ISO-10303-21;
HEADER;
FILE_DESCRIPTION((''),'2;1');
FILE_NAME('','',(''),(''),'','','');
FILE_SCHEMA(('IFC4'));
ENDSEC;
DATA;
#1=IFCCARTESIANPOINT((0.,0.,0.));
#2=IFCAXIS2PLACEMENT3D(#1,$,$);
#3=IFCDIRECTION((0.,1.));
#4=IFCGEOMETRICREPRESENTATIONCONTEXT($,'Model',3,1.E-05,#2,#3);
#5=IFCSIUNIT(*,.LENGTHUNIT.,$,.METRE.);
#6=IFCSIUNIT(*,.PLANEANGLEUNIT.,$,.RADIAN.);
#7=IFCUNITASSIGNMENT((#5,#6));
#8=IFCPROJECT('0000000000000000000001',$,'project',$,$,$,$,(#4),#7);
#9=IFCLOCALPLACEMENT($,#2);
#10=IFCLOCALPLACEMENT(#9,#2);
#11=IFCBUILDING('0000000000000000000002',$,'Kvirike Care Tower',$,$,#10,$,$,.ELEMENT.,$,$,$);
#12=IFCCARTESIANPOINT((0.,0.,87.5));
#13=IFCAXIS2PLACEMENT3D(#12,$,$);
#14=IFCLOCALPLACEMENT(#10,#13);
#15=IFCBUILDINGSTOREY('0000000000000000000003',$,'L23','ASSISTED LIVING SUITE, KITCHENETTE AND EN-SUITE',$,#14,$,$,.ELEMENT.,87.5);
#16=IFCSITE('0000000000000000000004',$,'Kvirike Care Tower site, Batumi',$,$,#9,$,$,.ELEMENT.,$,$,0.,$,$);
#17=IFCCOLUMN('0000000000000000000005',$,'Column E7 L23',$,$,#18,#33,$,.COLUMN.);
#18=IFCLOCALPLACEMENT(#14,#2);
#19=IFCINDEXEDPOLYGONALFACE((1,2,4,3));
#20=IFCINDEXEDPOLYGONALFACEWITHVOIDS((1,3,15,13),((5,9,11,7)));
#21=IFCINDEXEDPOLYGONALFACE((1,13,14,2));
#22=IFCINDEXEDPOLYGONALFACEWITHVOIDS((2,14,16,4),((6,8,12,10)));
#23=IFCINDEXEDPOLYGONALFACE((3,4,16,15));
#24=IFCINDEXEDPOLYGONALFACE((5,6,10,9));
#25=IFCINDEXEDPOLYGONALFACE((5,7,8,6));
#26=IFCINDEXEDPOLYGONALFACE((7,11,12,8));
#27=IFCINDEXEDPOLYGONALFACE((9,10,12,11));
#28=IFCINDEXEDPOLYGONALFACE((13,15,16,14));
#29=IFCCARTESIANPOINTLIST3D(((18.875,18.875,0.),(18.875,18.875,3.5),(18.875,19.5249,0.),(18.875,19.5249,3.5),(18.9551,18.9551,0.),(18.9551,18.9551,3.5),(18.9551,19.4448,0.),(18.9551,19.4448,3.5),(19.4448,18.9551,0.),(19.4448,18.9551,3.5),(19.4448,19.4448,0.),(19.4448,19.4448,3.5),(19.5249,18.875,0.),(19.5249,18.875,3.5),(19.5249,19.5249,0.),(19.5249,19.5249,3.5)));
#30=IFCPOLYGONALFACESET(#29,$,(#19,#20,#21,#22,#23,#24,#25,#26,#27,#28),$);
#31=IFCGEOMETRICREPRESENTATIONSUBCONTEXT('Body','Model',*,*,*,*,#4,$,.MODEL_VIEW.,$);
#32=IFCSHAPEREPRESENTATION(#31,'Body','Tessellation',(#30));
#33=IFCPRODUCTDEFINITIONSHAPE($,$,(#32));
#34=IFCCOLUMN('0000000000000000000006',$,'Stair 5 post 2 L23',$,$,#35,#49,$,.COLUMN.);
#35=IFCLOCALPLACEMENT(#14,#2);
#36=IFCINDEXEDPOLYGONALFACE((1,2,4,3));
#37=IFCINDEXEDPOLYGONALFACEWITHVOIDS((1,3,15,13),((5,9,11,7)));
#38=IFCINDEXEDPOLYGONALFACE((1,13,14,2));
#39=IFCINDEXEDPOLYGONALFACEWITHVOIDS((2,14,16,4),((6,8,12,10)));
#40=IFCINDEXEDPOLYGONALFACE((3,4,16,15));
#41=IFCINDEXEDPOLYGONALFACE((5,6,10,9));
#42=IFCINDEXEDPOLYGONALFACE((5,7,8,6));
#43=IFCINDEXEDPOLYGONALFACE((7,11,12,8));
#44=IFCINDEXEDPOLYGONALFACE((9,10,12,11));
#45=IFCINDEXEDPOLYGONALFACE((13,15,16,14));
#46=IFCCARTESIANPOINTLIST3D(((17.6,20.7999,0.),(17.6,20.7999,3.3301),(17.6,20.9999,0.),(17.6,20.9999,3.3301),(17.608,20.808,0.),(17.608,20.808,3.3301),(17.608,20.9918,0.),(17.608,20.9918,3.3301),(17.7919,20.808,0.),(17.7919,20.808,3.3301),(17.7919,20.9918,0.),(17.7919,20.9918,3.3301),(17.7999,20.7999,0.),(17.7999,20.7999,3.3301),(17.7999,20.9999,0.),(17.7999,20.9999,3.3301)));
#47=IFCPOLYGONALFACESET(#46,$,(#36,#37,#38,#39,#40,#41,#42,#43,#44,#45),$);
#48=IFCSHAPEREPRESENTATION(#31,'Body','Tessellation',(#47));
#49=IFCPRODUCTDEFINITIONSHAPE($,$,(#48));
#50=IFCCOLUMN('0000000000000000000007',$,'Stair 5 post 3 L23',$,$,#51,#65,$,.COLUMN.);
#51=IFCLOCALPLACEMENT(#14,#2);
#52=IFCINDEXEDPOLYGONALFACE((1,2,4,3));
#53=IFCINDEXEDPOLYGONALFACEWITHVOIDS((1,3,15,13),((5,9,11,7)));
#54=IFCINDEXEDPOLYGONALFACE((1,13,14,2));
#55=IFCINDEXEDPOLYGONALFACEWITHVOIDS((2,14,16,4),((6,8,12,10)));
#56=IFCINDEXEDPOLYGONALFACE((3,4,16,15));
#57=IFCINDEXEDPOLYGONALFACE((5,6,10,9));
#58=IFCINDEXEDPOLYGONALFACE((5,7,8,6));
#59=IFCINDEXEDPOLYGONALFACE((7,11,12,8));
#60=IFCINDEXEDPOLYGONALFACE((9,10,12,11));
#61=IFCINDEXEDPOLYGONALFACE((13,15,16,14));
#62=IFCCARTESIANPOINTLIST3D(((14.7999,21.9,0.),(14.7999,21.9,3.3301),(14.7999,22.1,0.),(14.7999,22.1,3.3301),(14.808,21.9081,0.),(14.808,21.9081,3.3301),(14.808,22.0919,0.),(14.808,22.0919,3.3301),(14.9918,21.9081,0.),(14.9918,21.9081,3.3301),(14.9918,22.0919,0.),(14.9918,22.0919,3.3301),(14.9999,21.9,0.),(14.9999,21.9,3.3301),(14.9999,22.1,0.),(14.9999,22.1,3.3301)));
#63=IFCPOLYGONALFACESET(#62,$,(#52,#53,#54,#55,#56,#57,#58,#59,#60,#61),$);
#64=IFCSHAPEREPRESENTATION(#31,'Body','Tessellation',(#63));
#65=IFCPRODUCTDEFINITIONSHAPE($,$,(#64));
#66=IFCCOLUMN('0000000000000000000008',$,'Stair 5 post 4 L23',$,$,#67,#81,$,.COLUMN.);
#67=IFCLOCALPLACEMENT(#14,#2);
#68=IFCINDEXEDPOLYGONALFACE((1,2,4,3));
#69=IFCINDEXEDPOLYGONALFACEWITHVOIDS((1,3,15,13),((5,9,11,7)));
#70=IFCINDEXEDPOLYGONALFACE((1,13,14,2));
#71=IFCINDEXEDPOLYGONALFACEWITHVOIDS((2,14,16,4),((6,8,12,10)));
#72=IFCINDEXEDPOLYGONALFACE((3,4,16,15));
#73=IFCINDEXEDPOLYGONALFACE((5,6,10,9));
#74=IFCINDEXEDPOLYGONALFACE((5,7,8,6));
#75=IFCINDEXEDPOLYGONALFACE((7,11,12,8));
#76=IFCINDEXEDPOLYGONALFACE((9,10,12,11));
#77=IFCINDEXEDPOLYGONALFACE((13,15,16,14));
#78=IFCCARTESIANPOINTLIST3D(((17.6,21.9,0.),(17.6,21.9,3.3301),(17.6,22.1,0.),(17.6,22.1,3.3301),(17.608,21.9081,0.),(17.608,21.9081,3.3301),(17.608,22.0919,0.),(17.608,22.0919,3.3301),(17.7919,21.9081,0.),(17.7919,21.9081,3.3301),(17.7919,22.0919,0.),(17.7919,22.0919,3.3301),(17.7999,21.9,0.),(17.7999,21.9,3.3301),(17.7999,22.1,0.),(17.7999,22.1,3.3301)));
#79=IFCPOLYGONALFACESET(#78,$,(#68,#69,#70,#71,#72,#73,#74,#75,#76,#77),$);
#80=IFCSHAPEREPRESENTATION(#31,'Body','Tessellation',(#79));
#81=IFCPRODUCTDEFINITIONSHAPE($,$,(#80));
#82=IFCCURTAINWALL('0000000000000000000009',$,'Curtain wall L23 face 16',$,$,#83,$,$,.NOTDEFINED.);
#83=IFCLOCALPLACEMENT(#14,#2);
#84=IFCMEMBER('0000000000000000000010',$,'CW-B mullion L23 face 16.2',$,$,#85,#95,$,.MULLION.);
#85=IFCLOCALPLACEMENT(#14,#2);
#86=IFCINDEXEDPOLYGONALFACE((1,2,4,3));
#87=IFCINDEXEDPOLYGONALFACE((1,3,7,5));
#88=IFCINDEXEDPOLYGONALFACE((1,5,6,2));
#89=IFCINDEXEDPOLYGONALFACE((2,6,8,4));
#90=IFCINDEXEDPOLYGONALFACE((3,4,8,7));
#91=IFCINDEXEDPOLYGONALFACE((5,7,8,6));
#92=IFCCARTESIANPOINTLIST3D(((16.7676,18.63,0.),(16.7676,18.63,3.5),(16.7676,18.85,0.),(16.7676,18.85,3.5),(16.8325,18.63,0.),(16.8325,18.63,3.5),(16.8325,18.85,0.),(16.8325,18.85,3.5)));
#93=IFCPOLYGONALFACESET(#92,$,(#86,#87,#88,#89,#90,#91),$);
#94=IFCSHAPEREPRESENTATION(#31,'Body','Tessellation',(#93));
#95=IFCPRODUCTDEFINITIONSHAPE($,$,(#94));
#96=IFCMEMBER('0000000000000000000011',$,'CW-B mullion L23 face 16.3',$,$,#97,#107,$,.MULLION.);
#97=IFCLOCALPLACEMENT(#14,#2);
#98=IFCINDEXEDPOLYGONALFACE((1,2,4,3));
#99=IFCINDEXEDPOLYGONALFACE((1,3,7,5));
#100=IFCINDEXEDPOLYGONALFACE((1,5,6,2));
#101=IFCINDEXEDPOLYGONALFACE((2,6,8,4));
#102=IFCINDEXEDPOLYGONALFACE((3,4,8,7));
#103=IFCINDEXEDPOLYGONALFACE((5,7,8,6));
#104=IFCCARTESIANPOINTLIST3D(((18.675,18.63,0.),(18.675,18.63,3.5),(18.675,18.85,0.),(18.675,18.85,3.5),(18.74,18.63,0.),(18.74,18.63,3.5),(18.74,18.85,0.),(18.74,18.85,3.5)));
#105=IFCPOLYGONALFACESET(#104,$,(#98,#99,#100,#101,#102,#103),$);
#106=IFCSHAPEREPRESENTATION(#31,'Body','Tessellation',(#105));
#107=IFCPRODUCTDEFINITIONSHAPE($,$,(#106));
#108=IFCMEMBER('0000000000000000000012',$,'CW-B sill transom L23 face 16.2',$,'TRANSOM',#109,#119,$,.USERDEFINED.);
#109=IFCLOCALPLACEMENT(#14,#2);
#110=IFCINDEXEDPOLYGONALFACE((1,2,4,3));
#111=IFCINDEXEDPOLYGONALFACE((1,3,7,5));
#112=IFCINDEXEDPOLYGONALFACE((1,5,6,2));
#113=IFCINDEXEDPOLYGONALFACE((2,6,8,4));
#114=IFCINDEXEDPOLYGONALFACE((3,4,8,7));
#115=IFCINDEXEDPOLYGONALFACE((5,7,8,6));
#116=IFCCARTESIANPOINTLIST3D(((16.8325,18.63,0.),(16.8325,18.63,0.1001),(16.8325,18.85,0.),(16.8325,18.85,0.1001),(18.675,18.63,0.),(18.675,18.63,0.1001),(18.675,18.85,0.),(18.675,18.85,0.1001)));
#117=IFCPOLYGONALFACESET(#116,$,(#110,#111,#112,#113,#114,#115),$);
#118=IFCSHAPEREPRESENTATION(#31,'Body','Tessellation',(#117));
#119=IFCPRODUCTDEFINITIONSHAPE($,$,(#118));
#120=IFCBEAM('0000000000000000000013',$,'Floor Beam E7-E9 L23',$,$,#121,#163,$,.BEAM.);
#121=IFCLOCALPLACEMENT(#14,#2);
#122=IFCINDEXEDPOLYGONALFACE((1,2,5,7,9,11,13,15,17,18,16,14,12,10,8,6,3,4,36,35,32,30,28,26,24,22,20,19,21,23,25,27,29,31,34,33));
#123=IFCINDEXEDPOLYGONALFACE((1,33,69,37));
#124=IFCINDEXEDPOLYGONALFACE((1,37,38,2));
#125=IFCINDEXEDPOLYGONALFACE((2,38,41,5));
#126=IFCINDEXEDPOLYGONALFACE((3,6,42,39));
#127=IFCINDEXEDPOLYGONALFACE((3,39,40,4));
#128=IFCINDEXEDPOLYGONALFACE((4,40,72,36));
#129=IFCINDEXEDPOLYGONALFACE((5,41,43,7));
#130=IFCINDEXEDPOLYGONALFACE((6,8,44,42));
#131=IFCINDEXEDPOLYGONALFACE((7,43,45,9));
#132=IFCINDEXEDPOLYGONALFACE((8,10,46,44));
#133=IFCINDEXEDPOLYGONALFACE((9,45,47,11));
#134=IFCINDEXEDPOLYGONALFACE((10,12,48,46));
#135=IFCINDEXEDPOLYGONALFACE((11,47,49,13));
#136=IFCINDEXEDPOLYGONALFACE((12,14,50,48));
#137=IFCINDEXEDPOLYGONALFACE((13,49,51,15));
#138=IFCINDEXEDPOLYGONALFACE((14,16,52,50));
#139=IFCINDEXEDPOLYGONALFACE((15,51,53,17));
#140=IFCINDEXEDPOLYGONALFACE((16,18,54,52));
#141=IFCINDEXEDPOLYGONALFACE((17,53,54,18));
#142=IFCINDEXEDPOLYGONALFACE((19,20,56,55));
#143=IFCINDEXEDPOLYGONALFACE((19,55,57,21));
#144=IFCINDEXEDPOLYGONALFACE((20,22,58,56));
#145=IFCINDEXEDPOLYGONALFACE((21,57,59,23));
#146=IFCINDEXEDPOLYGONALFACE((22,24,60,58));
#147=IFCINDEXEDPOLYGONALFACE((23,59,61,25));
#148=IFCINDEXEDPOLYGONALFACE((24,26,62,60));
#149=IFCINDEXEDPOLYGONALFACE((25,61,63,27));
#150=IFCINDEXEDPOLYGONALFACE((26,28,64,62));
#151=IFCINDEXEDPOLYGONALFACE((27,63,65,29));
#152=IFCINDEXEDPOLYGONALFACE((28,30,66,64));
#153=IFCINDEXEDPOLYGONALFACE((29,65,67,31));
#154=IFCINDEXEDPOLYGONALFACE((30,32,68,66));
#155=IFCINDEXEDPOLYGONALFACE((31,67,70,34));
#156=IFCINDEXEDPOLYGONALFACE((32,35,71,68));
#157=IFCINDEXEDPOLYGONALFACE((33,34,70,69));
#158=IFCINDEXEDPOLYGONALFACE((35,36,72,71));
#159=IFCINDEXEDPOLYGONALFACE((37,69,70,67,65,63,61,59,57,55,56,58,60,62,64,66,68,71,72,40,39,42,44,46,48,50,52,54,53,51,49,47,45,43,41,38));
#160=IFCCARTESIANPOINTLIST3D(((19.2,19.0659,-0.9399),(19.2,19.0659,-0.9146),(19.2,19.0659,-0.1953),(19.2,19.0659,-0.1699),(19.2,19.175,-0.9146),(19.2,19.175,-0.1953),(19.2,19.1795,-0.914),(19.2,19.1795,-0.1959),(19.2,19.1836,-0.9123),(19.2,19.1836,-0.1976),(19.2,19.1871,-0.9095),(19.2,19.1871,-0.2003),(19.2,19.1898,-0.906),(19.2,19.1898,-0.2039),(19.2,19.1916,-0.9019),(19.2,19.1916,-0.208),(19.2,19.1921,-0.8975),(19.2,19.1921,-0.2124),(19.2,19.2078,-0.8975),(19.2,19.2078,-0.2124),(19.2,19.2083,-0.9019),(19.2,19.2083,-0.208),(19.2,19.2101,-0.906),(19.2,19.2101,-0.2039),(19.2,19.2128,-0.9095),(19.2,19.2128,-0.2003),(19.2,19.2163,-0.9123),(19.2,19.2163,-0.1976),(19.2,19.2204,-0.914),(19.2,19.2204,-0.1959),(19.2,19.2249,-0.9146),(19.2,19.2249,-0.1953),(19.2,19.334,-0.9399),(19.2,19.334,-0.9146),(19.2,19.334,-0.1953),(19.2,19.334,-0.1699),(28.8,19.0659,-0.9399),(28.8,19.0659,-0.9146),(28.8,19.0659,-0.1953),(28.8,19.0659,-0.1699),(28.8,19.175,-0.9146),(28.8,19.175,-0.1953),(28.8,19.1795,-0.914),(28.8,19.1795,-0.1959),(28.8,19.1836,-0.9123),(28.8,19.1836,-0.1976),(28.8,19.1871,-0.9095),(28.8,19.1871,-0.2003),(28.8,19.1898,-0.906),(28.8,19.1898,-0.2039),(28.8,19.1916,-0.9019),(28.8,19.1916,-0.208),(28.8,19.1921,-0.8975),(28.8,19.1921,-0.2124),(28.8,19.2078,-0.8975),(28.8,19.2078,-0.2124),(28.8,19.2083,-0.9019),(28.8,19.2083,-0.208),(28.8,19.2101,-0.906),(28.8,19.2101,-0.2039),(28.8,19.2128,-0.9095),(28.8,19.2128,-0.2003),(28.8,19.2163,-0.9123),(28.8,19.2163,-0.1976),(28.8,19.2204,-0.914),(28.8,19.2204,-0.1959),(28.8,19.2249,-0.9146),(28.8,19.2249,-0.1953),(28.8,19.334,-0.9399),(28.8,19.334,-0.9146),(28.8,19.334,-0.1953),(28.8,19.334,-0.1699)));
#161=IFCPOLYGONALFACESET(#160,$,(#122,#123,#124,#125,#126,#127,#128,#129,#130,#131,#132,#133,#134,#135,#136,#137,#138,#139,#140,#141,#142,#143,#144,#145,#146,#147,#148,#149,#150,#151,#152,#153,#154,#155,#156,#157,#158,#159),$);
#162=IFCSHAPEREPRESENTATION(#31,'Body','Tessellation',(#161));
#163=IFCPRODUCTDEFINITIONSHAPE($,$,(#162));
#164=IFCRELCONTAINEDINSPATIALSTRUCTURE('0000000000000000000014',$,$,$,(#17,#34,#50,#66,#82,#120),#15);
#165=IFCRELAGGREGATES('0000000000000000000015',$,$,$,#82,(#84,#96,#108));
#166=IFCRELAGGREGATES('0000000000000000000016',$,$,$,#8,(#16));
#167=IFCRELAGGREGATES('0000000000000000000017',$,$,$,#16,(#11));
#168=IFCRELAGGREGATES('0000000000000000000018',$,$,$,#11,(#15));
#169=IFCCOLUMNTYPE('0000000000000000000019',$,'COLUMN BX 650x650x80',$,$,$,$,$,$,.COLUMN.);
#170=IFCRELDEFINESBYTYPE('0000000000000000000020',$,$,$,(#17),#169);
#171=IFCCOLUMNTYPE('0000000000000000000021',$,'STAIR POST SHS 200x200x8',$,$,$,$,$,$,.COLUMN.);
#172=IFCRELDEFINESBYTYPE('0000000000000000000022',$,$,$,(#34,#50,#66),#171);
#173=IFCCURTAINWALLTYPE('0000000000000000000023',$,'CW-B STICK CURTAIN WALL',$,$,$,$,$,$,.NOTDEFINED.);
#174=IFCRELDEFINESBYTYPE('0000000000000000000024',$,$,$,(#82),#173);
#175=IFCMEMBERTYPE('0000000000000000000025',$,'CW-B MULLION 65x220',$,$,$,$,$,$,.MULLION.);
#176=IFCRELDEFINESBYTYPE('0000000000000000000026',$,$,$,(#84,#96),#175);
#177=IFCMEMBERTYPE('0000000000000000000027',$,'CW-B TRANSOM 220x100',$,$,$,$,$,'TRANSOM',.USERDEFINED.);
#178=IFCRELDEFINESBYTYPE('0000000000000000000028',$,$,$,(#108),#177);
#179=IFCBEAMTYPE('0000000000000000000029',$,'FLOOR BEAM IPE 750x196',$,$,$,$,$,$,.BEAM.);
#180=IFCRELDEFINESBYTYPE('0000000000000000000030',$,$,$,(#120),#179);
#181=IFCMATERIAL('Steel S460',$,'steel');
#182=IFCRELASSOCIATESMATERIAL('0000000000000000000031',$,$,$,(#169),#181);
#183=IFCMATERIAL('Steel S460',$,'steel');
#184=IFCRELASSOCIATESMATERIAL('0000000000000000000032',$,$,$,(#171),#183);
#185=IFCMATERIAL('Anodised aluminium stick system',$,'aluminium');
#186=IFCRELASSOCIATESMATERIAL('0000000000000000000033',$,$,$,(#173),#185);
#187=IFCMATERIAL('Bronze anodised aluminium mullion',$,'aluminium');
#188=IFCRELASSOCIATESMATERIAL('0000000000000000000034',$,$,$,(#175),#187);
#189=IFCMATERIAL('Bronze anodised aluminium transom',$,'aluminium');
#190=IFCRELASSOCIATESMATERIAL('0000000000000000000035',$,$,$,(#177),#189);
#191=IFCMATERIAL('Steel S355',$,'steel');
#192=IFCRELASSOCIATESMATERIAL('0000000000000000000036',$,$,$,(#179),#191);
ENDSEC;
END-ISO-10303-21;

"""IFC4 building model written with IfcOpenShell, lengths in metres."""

from ifc_helpers import new_model, si_unit, direction, frame, origin, origin_2d, place, context, subcontext, project, spatial, rectangle, hollow_rectangle, i_section, extrude, material, material_profile, profile_set, type_object, element, aggregate, save


model = new_model("IFC4")

# Units and contexts
model_context = context("Model", 3, precision=1e-05, world=origin(), true_north=direction((0.0, 1.0)))
body_context = subcontext(model_context, "Body", "Model", "MODEL_VIEW")
ifc_project = project(units=[si_unit("LENGTHUNIT", "METRE"), si_unit("PLANEANGLEUNIT", "RADIAN")], contexts=[model_context])

# Site, building, storey
site_placement = place(None, origin())
site = spatial("IfcSite", under=ifc_project, at=site_placement, Name="Kvirike Care Tower site, Batumi", CompositionType="ELEMENT", RefElevation=0.0)
building_placement = place(site_placement, origin())
building = spatial("IfcBuilding", under=site, at=building_placement, Name="Kvirike Care Tower", CompositionType="ELEMENT")
storey_placement = place(building_placement, frame((0.0, 0.0, 87.5)))
storey = spatial("IfcBuildingStorey", under=building, at=storey_placement, Name="L23", Description="ASSISTED LIVING SUITE, KITCHENETTE AND EN-SUITE", CompositionType="ELEMENT", Elevation=87.5)

# Columns
ifc_material_1 = material(Name="Steel S460", Category="steel")
ifc_material_profile_1 = material_profile(ifc_material_1, hollow_rectangle(XDim=0.6499, YDim=0.6499, WallThickness=0.0801, at=origin_2d()), Name="BX 650x650x80")
ifc_profile_set_1 = profile_set([ifc_material_profile_1], Name="Steel S460")
column_type_1 = type_object("IfcColumnType", Name="COLUMN BX 650x650x80", PredefinedType="COLUMN", material=ifc_profile_set_1)
column_placement = place(storey_placement, frame((19.2, 19.2, 0.0), z_axis=(0.0, 0.0, 1.0), x_axis=(0.0, 1.0, 0.0)))
element("IfcColumn", 1, at=column_placement, inside=storey, type_object=column_type_1, Name="Column E7 L23", PredefinedType="COLUMN", context=body_context, shape_type="SweptSolid", body=[
    extrude(hollow_rectangle(XDim=0.6499, YDim=0.6499, WallThickness=0.0801, at=origin_2d()), origin(), (0.0, 0.0, 1.0), 3.5),
])
ifc_material_2 = material(Name="Steel S460", Category="steel")
ifc_material_profile_2 = material_profile(ifc_material_2, hollow_rectangle(XDim=0.2, YDim=0.2, WallThickness=0.0081, at=origin_2d()), Name="SHS 200x200x8")
ifc_profile_set_2 = profile_set([ifc_material_profile_2], Name="Steel S460")
column_type_2 = type_object("IfcColumnType", Name="STAIR POST SHS 200x200x8", PredefinedType="COLUMN", material=ifc_profile_set_2)
for number, where, z_axis, x_axis, name in (
    (2, (17.7, 20.8999, 0.0), (0.0, 0.0, 1.0), (1.0, 0.0, 0.0), "Stair 5 post 2 L23"),
    (3, (14.8999, 22.0, 0.0), (0.0, 0.0, 1.0), (1.0, 0.0, 0.0), "Stair 5 post 3 L23"),
    (4, (17.7, 22.0, 0.0), (0.0, 0.0, 1.0), (1.0, 0.0, 0.0), "Stair 5 post 4 L23"),
):
    element("IfcColumn", number, at=place(storey_placement, frame(where, z_axis=z_axis, x_axis=x_axis)), inside=storey, type_object=column_type_2, Name=name, PredefinedType="COLUMN", context=body_context, shape_type="SweptSolid", body=[
        extrude(hollow_rectangle(XDim=0.2, YDim=0.2, WallThickness=0.0081, at=origin_2d()), origin(), (0.0, 0.0, 1.0), 3.3301),
    ])

# Curtain wall, members
ifc_material_3 = material(Name="Anodised aluminium stick system", Category="aluminium")
curtain_wall_type = type_object("IfcCurtainWallType", Name="CW-B STICK CURTAIN WALL", PredefinedType="NOTDEFINED", material=ifc_material_3)
curtain_wall_placement = place(storey_placement, origin())
curtain_wall = element("IfcCurtainWall", 5, at=curtain_wall_placement, inside=storey, type_object=curtain_wall_type, Name="Curtain wall L23 face 16", PredefinedType="NOTDEFINED")
ifc_material_4 = material(Name="Bronze anodised aluminium mullion", Category="aluminium")
ifc_material_profile_3 = material_profile(ifc_material_4, rectangle(XDim=0.0649, YDim=0.22, at=origin_2d()), Name="CW-B MULLION 65x220")
ifc_profile_set_3 = profile_set([ifc_material_profile_3], Name="Bronze anodised aluminium mullion")
member_type_1 = type_object("IfcMemberType", Name="CW-B MULLION 65x220", PredefinedType="MULLION", material=ifc_profile_set_3)
member_1_placement = place(storey_placement, frame((16.8, 18.74, 0.0), z_axis=(0.0, 0.0, 1.0), x_axis=(1.0, 0.0, 0.0)))
member_1 = element("IfcMember", 6, at=member_1_placement, type_object=member_type_1, Name="CW-B mullion L23 face 16.2", PredefinedType="MULLION", context=body_context, shape_type="SweptSolid", body=[
    extrude(rectangle(XDim=0.0649, YDim=0.22, at=origin_2d()), origin(), (0.0, 0.0, 1.0), 3.5),
])
member_2_placement = place(storey_placement, frame((18.7075, 18.74, 0.0), z_axis=(0.0, 0.0, 1.0), x_axis=(1.0, 0.0, 0.0)))
member_2 = element("IfcMember", 7, at=member_2_placement, type_object=member_type_1, Name="CW-B mullion L23 face 16.3", PredefinedType="MULLION", context=body_context, shape_type="SweptSolid", body=[
    extrude(rectangle(XDim=0.0649, YDim=0.22, at=origin_2d()), origin(), (0.0, 0.0, 1.0), 3.5),
])
ifc_material_5 = material(Name="Bronze anodised aluminium transom", Category="aluminium")
ifc_material_profile_4 = material_profile(ifc_material_5, rectangle(XDim=0.22, YDim=0.1001, at=origin_2d()), Name="CW-B TRANSOM 220x100")
ifc_profile_set_4 = profile_set([ifc_material_profile_4], Name="Bronze anodised aluminium transom")
member_type_2 = type_object("IfcMemberType", Name="CW-B TRANSOM 220x100", ElementType="TRANSOM", PredefinedType="USERDEFINED", material=ifc_profile_set_4)
member_3_placement = place(storey_placement, frame((16.8325, 18.74, 0.05), z_axis=(1.0, 0.0, 0.0), x_axis=(0.0, 1.0, 0.0)))
member_3 = element("IfcMember", 8, at=member_3_placement, type_object=member_type_2, Name="CW-B sill transom L23 face 16.2", ObjectType="TRANSOM", PredefinedType="USERDEFINED", context=body_context, shape_type="SweptSolid", body=[
    extrude(rectangle(XDim=0.22, YDim=0.1001, at=origin_2d()), origin(), (0.0, 0.0, 1.0), 1.8425),
])

# Beam
ifc_material_6 = material(Name="Steel S355", Category="steel")
ifc_material_profile_5 = material_profile(ifc_material_6, i_section(OverallWidth=0.2681, OverallDepth=0.77, WebThickness=0.0156, FlangeThickness=0.0254, FilletRadius=0.0171, at=origin_2d()), Name="IPE 750x196")
ifc_profile_set_5 = profile_set([ifc_material_profile_5], Name="Steel S355")
beam_type_1 = type_object("IfcBeamType", Name="FLOOR BEAM IPE 750x196", PredefinedType="BEAM", material=ifc_profile_set_5)
for number, where, z_axis, x_axis, name in (
    (9, (19.2, 19.2, -0.5549), (1.0, 0.0, 0.0), (0.0, 1.0, 0.0), "Floor Beam E7-E9 L23"),
):
    element("IfcBeam", number, at=place(storey_placement, frame(where, z_axis=z_axis, x_axis=x_axis)), inside=storey, type_object=beam_type_1, Name=name, PredefinedType="BEAM", context=body_context, shape_type="SweptSolid", body=[
        extrude(i_section(OverallWidth=0.2681, OverallDepth=0.77, WebThickness=0.0156, FlangeThickness=0.0254, FilletRadius=0.0171, at=origin_2d()), origin(), (0.0, 0.0, 1.0), 9.6001),
    ])

aggregate(curtain_wall, [member_1, member_2, member_3])

save(model, "model.ifc")
